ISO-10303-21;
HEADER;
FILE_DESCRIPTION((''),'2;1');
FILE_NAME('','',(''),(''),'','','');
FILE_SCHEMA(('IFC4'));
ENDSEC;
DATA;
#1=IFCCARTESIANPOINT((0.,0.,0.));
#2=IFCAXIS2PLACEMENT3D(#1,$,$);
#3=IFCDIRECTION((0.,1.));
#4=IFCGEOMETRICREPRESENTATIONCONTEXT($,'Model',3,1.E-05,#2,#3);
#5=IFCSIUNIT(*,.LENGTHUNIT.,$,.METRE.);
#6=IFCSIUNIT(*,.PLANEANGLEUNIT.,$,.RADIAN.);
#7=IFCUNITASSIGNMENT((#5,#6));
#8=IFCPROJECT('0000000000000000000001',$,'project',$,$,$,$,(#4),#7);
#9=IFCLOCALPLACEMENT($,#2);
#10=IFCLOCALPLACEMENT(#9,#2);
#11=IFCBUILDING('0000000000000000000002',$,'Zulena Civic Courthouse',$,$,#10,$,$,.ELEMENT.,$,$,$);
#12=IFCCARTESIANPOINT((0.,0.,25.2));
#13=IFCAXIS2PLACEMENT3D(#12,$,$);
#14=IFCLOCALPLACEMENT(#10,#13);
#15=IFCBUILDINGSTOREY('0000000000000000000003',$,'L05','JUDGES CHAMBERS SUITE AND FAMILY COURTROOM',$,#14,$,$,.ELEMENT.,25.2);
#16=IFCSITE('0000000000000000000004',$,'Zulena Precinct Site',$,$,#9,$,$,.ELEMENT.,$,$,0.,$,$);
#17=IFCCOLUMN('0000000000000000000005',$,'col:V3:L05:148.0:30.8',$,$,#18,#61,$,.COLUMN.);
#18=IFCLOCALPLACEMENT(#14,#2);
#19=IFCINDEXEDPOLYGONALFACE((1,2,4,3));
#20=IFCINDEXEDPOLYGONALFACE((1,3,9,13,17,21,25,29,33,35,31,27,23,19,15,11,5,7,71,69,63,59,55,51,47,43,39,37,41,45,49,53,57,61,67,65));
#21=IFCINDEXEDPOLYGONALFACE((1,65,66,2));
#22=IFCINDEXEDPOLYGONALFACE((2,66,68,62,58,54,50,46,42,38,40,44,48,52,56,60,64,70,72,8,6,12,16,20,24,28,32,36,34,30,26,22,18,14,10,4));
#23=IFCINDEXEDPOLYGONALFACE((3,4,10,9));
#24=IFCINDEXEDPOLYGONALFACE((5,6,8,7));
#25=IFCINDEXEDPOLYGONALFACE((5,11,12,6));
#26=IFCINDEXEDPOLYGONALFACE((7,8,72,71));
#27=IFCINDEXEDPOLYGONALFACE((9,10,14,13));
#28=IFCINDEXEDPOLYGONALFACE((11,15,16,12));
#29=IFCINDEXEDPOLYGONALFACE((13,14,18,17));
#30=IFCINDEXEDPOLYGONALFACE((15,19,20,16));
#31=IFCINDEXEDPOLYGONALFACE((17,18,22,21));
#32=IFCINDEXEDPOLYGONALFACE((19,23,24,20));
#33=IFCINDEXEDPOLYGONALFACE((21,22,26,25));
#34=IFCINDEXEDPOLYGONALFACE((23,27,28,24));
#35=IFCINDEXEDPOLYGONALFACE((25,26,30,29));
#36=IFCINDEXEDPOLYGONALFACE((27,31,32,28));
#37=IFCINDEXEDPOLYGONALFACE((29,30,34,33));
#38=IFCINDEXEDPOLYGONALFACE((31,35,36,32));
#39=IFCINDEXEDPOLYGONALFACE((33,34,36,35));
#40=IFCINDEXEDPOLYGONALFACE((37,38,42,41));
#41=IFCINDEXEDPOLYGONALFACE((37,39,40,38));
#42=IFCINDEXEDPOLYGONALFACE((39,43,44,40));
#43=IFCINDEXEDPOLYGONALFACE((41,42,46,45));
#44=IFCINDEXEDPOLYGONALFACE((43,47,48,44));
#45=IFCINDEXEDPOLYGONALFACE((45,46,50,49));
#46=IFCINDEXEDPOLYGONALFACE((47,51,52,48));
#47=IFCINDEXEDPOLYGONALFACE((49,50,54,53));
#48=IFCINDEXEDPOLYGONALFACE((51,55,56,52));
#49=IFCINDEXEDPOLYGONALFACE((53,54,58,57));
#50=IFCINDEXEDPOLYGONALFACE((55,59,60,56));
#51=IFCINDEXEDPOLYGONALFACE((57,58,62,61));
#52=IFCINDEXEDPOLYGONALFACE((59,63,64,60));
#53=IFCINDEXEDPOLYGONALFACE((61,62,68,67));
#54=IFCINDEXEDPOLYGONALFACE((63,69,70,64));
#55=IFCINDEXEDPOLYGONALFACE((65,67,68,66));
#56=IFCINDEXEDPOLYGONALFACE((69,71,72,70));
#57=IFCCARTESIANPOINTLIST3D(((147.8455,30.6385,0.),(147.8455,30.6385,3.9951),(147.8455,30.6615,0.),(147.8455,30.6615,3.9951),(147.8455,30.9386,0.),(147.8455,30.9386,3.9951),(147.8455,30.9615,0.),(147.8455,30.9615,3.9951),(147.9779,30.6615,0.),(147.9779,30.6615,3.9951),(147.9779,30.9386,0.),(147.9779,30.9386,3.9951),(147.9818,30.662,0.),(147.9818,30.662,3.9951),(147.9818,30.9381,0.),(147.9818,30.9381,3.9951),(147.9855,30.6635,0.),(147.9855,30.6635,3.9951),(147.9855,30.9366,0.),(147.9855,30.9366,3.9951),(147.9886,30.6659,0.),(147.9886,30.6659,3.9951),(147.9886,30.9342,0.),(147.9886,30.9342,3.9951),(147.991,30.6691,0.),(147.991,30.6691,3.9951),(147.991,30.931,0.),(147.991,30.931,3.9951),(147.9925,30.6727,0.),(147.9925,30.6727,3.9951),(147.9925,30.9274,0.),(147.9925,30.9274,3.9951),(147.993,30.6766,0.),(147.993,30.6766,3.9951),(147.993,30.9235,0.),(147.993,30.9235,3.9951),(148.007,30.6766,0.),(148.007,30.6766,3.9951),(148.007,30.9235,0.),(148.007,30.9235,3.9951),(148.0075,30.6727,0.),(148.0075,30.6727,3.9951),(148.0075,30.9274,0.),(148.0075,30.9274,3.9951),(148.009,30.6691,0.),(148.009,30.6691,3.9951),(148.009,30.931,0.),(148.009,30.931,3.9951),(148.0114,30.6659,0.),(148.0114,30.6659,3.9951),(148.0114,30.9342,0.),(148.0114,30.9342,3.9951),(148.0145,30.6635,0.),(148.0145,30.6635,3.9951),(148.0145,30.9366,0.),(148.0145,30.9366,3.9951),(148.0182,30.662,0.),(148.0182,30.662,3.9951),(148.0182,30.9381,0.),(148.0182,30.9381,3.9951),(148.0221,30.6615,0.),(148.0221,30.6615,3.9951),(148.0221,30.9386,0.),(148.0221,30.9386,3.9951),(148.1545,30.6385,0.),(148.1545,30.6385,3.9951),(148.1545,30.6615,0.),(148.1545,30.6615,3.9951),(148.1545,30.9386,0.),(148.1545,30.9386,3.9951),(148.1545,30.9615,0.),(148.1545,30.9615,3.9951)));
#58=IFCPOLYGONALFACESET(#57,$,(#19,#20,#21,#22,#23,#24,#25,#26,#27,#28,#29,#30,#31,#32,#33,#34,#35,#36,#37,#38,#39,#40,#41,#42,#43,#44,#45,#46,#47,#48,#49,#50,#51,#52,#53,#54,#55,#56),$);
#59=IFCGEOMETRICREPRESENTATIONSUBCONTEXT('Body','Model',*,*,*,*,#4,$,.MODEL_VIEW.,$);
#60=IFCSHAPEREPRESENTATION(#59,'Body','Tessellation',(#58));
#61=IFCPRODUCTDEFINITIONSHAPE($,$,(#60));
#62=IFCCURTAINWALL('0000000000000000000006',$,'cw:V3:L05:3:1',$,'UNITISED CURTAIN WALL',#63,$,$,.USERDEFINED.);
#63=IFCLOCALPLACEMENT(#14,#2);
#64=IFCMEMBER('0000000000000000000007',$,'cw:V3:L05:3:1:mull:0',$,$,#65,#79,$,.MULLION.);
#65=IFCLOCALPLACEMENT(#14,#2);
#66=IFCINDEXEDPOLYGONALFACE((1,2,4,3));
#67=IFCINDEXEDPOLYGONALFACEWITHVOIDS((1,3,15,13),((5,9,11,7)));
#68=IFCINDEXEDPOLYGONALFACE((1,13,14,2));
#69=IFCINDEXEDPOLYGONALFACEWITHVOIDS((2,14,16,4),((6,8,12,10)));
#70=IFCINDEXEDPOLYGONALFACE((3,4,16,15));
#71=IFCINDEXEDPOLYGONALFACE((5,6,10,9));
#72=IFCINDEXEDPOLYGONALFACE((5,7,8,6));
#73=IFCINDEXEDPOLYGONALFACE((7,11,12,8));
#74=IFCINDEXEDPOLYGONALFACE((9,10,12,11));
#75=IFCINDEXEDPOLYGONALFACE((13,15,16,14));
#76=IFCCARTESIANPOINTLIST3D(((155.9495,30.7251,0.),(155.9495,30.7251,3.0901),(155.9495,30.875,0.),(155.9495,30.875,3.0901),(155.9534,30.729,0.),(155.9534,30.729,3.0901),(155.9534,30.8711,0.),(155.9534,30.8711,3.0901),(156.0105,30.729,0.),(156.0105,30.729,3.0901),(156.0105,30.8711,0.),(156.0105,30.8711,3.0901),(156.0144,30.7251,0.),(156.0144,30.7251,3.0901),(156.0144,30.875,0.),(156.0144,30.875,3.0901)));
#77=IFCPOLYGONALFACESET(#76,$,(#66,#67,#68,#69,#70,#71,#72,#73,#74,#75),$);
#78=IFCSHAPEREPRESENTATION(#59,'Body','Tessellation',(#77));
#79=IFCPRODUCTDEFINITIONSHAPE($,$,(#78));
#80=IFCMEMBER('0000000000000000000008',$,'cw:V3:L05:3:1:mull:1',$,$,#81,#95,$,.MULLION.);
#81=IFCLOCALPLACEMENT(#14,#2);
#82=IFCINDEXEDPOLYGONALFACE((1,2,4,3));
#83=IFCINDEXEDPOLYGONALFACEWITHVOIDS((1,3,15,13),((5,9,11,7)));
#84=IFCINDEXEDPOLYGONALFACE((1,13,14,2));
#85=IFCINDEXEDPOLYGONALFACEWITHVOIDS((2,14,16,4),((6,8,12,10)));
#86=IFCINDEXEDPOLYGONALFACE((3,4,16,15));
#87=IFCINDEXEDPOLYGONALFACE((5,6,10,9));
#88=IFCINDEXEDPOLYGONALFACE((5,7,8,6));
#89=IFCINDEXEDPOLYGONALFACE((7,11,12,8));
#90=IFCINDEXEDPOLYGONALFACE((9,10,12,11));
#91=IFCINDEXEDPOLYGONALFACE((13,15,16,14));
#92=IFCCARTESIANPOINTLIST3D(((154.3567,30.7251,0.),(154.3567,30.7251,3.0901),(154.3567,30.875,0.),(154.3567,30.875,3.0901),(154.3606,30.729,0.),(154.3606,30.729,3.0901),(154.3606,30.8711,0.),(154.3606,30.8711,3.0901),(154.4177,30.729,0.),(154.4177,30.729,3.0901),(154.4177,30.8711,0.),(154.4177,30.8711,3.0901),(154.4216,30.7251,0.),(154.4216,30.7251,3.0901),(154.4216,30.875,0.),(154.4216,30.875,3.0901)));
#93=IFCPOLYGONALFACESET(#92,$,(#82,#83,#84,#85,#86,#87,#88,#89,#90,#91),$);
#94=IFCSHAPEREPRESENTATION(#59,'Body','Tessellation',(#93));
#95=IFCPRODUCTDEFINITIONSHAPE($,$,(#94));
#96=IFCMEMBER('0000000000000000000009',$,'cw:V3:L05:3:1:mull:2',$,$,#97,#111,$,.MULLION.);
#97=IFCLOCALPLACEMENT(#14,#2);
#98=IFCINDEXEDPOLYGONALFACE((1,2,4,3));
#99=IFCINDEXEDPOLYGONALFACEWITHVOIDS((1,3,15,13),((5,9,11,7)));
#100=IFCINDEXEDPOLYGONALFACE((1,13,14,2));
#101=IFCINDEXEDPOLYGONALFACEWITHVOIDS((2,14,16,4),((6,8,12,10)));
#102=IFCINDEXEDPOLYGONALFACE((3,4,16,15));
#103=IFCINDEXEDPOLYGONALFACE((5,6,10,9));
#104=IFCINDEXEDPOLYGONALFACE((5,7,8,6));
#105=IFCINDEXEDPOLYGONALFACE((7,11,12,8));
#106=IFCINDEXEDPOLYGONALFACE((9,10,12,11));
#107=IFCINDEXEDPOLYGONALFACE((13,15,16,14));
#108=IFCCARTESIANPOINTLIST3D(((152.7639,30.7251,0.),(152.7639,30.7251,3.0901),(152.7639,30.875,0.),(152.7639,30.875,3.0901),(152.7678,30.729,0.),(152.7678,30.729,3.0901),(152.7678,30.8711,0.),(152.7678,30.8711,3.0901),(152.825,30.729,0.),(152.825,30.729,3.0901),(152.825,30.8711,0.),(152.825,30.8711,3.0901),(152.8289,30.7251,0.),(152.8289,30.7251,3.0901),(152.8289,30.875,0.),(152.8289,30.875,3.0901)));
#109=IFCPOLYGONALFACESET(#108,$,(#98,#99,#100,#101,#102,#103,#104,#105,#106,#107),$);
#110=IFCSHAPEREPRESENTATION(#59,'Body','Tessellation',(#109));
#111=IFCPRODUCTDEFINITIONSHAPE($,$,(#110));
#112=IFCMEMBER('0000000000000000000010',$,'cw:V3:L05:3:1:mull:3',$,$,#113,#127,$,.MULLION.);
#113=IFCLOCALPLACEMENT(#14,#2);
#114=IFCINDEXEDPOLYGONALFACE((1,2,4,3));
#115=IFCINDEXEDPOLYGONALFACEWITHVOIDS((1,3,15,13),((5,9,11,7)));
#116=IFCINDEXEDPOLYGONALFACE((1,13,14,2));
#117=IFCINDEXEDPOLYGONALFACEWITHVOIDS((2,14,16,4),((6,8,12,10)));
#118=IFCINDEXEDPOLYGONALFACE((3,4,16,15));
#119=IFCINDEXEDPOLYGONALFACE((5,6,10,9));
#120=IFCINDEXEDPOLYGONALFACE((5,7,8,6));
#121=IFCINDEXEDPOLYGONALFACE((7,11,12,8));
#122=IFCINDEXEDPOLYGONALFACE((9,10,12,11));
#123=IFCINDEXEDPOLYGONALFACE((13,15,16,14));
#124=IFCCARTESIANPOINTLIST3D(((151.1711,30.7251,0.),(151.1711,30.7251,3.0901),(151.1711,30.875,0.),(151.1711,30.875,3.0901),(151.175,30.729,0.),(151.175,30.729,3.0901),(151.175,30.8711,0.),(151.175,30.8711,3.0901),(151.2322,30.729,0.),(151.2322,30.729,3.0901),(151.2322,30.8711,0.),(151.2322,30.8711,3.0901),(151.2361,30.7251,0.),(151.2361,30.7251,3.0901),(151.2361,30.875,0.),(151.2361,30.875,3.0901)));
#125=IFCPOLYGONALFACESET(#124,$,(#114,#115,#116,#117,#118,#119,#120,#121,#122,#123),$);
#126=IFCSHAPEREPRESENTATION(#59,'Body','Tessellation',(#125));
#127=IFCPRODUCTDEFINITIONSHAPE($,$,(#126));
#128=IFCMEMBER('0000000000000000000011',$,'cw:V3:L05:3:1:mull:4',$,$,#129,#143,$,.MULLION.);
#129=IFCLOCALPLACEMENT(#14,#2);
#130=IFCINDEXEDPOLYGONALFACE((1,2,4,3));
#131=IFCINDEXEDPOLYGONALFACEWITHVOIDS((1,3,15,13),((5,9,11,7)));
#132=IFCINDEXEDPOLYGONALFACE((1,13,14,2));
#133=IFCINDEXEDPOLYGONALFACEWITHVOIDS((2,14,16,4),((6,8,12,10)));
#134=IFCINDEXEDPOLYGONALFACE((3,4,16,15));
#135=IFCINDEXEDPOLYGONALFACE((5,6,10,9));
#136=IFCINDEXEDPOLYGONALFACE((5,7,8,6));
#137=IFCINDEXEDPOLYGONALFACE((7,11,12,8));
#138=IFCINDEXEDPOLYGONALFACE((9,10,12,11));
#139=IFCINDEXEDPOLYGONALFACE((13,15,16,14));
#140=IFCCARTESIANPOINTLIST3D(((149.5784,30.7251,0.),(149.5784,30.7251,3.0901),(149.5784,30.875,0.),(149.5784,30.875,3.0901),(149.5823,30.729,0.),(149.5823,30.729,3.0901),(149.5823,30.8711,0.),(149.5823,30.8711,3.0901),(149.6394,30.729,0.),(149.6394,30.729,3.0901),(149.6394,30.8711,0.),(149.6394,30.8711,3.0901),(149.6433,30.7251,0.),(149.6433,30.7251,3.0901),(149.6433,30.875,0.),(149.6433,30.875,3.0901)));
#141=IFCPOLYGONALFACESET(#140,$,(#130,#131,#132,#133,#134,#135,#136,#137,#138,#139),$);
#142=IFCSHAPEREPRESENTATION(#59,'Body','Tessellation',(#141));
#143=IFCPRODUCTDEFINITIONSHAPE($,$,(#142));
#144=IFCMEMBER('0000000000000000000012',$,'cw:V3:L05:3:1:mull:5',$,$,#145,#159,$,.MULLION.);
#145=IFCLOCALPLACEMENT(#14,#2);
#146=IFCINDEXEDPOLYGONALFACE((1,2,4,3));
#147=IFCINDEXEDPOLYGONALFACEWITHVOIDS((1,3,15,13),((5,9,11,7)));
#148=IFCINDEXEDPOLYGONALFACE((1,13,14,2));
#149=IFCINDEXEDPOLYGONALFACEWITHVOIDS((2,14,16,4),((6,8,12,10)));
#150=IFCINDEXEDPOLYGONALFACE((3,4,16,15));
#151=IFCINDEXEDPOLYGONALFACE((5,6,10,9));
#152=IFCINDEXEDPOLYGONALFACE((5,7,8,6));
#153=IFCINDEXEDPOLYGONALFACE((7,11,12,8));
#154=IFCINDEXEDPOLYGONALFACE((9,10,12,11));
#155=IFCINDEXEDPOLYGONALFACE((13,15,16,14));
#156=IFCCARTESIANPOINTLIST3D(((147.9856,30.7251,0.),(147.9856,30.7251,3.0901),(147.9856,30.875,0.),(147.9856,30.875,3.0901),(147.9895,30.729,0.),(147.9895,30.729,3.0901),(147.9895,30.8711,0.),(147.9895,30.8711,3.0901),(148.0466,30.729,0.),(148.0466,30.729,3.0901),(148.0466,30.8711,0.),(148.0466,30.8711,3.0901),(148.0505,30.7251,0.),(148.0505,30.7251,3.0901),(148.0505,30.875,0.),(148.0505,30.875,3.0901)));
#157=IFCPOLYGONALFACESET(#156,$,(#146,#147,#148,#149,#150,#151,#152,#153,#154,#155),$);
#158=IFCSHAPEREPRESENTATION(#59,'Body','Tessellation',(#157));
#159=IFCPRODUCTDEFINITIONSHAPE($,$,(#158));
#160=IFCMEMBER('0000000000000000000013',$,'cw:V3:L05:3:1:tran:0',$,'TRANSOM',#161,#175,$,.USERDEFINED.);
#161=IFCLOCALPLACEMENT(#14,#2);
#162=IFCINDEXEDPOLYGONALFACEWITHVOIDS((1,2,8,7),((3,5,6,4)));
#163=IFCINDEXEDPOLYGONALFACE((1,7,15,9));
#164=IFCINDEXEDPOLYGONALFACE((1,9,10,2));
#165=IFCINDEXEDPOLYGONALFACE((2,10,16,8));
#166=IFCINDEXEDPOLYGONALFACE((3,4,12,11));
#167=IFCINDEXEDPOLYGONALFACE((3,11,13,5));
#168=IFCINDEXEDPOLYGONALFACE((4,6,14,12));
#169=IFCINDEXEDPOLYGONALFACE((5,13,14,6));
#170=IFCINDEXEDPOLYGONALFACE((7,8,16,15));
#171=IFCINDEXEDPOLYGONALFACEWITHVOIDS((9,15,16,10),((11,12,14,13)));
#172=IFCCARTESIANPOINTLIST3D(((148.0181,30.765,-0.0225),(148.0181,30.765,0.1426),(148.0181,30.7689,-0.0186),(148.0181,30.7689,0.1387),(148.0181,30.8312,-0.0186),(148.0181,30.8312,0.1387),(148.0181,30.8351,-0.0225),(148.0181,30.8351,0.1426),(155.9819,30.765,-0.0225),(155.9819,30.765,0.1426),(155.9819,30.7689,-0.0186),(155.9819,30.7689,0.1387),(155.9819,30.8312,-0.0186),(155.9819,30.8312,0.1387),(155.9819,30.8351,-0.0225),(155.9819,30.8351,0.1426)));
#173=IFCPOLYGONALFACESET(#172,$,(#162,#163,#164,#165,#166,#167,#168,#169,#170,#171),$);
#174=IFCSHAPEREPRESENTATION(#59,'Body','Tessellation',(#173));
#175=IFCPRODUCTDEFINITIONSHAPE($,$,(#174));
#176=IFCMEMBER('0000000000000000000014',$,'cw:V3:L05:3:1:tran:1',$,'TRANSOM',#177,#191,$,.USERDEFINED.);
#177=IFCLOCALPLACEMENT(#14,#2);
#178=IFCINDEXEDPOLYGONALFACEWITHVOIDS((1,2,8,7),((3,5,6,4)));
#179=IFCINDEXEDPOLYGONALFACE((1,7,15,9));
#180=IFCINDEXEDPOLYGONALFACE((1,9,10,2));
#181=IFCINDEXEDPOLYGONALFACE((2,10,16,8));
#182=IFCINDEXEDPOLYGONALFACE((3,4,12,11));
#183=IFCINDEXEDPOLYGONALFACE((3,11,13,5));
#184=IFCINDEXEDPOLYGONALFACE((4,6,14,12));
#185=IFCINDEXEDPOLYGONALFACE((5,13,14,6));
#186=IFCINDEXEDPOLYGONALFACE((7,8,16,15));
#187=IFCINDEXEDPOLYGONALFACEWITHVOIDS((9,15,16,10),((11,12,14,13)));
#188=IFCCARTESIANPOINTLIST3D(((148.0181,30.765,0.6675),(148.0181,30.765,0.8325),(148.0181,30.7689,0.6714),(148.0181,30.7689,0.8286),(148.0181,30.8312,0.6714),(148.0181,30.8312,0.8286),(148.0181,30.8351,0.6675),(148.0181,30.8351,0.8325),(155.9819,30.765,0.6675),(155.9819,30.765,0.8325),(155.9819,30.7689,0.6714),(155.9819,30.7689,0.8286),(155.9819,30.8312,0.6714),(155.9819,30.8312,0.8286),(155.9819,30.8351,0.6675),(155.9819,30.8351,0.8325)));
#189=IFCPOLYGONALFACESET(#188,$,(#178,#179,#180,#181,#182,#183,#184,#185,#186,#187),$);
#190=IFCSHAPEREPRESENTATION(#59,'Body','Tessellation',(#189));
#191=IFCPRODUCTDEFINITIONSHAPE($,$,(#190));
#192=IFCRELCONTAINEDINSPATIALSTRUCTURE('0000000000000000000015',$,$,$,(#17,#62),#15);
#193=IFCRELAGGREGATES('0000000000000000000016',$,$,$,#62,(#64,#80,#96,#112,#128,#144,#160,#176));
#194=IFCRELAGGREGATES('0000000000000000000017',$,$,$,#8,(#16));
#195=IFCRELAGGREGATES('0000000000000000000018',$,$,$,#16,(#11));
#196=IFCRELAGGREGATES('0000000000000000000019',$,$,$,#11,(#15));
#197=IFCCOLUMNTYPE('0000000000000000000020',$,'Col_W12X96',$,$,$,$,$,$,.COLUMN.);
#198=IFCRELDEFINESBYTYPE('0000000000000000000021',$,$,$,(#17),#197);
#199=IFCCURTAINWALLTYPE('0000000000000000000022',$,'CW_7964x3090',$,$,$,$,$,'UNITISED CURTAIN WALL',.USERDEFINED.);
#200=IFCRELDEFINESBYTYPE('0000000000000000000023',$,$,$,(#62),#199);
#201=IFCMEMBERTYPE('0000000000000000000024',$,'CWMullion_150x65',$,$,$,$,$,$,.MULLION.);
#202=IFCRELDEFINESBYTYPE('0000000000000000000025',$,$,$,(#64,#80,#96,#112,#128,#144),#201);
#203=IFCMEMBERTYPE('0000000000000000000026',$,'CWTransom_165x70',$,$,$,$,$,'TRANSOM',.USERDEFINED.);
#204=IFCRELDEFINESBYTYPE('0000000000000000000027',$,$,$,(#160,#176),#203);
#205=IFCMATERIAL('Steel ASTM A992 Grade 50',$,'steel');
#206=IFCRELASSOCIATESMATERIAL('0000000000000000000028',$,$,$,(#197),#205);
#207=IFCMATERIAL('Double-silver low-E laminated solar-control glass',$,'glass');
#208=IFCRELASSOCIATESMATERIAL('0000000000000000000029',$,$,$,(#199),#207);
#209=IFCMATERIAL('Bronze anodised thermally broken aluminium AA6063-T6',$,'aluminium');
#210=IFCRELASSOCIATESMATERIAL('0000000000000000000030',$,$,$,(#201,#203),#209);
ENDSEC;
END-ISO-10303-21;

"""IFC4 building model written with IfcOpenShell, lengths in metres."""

from ifc_helpers import new_model, si_unit, direction, frame, origin, origin_2d, place, context, subcontext, project, spatial, hollow_rectangle, i_section, extrude, material, material_profile, profile_set, type_object, element, aggregate, save


model = new_model("IFC4")

# Units and contexts
model_context = context("Model", 3, precision=1e-05, world=origin(), true_north=direction((0.0, 1.0)))
body_context = subcontext(model_context, "Body", "Model", "MODEL_VIEW")
ifc_project = project(units=[si_unit("LENGTHUNIT", "METRE"), si_unit("PLANEANGLEUNIT", "RADIAN")], contexts=[model_context])

# Site, building, storey
site_placement = place(None, origin())
site = spatial("IfcSite", under=ifc_project, at=site_placement, Name="Zulena Precinct Site", CompositionType="ELEMENT", RefElevation=0.0)
building_placement = place(site_placement, origin())
building = spatial("IfcBuilding", under=site, at=building_placement, Name="Zulena Civic Courthouse", CompositionType="ELEMENT")
storey_placement = place(building_placement, frame((0.0, 0.0, 25.2)))
storey = spatial("IfcBuildingStorey", under=building, at=storey_placement, Name="L05", Description="JUDGES CHAMBERS SUITE AND FAMILY COURTROOM", CompositionType="ELEMENT", Elevation=25.2)

# Column
ifc_material_1 = material(Name="Steel ASTM A992 Grade 50", Category="steel")
ifc_material_profile_1 = material_profile(ifc_material_1, i_section(OverallWidth=0.3091, OverallDepth=0.323, WebThickness=0.0139, FlangeThickness=0.0229, FilletRadius=0.0151, at=origin_2d()), Name="W12X96")
ifc_profile_set_1 = profile_set([ifc_material_profile_1], Name="Steel ASTM A992 Grade 50")
column_type = type_object("IfcColumnType", Name="Col_W12X96", PredefinedType="COLUMN", material=ifc_profile_set_1)
column_placement = place(storey_placement, frame((148.0, 30.8, 0.0), z_axis=(0.0, 0.0, 1.0), x_axis=(1.0, 0.0, 0.0)))
element("IfcColumn", 1, at=column_placement, inside=storey, type_object=column_type, Name="col:V3:L05:148.0:30.8", PredefinedType="COLUMN", context=body_context, shape_type="SweptSolid", body=[
    extrude(i_section(OverallWidth=0.3091, OverallDepth=0.323, WebThickness=0.0139, FlangeThickness=0.0229, FilletRadius=0.0151, at=origin_2d()), origin(), (0.0, 0.0, 1.0), 3.9951),
])

# Curtain wall, members
ifc_material_2 = material(Name="Double-silver low-E laminated solar-control glass", Category="glass")
curtain_wall_type = type_object("IfcCurtainWallType", Name="CW_7964x3090", ElementType="UNITISED CURTAIN WALL", PredefinedType="USERDEFINED", material=ifc_material_2)
curtain_wall_placement = place(storey_placement, origin())
curtain_wall = element("IfcCurtainWall", 2, at=curtain_wall_placement, inside=storey, type_object=curtain_wall_type, Name="cw:V3:L05:3:1", ObjectType="UNITISED CURTAIN WALL", PredefinedType="USERDEFINED")
ifc_material_3 = material(Name="Bronze anodised thermally broken aluminium AA6063-T6", Category="aluminium")
ifc_material_profile_2 = material_profile(ifc_material_3, hollow_rectangle(XDim=0.0649, YDim=0.1499, WallThickness=0.0039, at=origin_2d()), Name="CWM150X65X4")
ifc_profile_set_2 = profile_set([ifc_material_profile_2], Name="Bronze anodised thermally broken aluminium AA6063-T6")
member_type_1 = type_object("IfcMemberType", Name="CWMullion_150x65", PredefinedType="MULLION", material=ifc_profile_set_2)
member_1_placement = place(storey_placement, frame((155.9819, 30.8, 0.0), z_axis=(0.0, 0.0, 1.0), x_axis=(1.0, 0.0, 0.0)))
member_1 = element("IfcMember", 3, at=member_1_placement, type_object=member_type_1, Name="cw:V3:L05:3:1:mull:0", PredefinedType="MULLION", context=body_context, shape_type="SweptSolid", body=[
    extrude(hollow_rectangle(XDim=0.0649, YDim=0.1499, WallThickness=0.0039, at=origin_2d()), origin(), (0.0, 0.0, 1.0), 3.0901),
])
member_2_placement = place(storey_placement, frame((154.3892, 30.8, 0.0), z_axis=(0.0, 0.0, 1.0), x_axis=(1.0, 0.0, 0.0)))
member_2 = element("IfcMember", 4, at=member_2_placement, type_object=member_type_1, Name="cw:V3:L05:3:1:mull:1", PredefinedType="MULLION", context=body_context, shape_type="SweptSolid", body=[
    extrude(hollow_rectangle(XDim=0.0649, YDim=0.1499, WallThickness=0.0039, at=origin_2d()), origin(), (0.0, 0.0, 1.0), 3.0901),
])
member_3_placement = place(storey_placement, frame((152.7964, 30.8, 0.0), z_axis=(0.0, 0.0, 1.0), x_axis=(1.0, 0.0, 0.0)))
member_3 = element("IfcMember", 5, at=member_3_placement, type_object=member_type_1, Name="cw:V3:L05:3:1:mull:2", PredefinedType="MULLION", context=body_context, shape_type="SweptSolid", body=[
    extrude(hollow_rectangle(XDim=0.0649, YDim=0.1499, WallThickness=0.0039, at=origin_2d()), origin(), (0.0, 0.0, 1.0), 3.0901),
])
member_4_placement = place(storey_placement, frame((151.2036, 30.8, 0.0), z_axis=(0.0, 0.0, 1.0), x_axis=(1.0, 0.0, 0.0)))
member_4 = element("IfcMember", 6, at=member_4_placement, type_object=member_type_1, Name="cw:V3:L05:3:1:mull:3", PredefinedType="MULLION", context=body_context, shape_type="SweptSolid", body=[
    extrude(hollow_rectangle(XDim=0.0649, YDim=0.1499, WallThickness=0.0039, at=origin_2d()), origin(), (0.0, 0.0, 1.0), 3.0901),
])
member_5_placement = place(storey_placement, frame((149.6108, 30.8, 0.0), z_axis=(0.0, 0.0, 1.0), x_axis=(1.0, 0.0, 0.0)))
member_5 = element("IfcMember", 7, at=member_5_placement, type_object=member_type_1, Name="cw:V3:L05:3:1:mull:4", PredefinedType="MULLION", context=body_context, shape_type="SweptSolid", body=[
    extrude(hollow_rectangle(XDim=0.0649, YDim=0.1499, WallThickness=0.0039, at=origin_2d()), origin(), (0.0, 0.0, 1.0), 3.0901),
])
member_6_placement = place(storey_placement, frame((148.0181, 30.8, 0.0), z_axis=(0.0, 0.0, 1.0), x_axis=(1.0, 0.0, 0.0)))
member_6 = element("IfcMember", 8, at=member_6_placement, type_object=member_type_1, Name="cw:V3:L05:3:1:mull:5", PredefinedType="MULLION", context=body_context, shape_type="SweptSolid", body=[
    extrude(hollow_rectangle(XDim=0.0649, YDim=0.1499, WallThickness=0.0039, at=origin_2d()), origin(), (0.0, 0.0, 1.0), 3.0901),
])
ifc_material_profile_3 = material_profile(ifc_material_3, hollow_rectangle(XDim=0.0701, YDim=0.165, WallThickness=0.0039, at=origin_2d()), Name="CWT165X70X4")
ifc_profile_set_3 = profile_set([ifc_material_profile_3], Name="Bronze anodised thermally broken aluminium AA6063-T6")
member_type_2 = type_object("IfcMemberType", Name="CWTransom_165x70", ElementType="TRANSOM", PredefinedType="USERDEFINED", material=ifc_profile_set_3)
member_7_placement = place(storey_placement, frame((155.9819, 30.8, 0.0601), z_axis=(-1.0, 0.0, 0.0), x_axis=(0.0, -1.0, 0.0)))
member_7 = element("IfcMember", 9, at=member_7_placement, type_object=member_type_2, Name="cw:V3:L05:3:1:tran:0", ObjectType="TRANSOM", PredefinedType="USERDEFINED", context=body_context, shape_type="SweptSolid", body=[
    extrude(hollow_rectangle(XDim=0.0701, YDim=0.165, WallThickness=0.0039, at=origin_2d()), origin(), (0.0, 0.0, 1.0), 7.9639),
])
member_8_placement = place(storey_placement, frame((155.9819, 30.8, 0.75), z_axis=(-1.0, 0.0, 0.0), x_axis=(0.0, -1.0, 0.0)))
member_8 = element("IfcMember", 10, at=member_8_placement, type_object=member_type_2, Name="cw:V3:L05:3:1:tran:1", ObjectType="TRANSOM", PredefinedType="USERDEFINED", context=body_context, shape_type="SweptSolid", body=[
    extrude(hollow_rectangle(XDim=0.0701, YDim=0.165, WallThickness=0.0039, at=origin_2d()), origin(), (0.0, 0.0, 1.0), 7.9639),
])

aggregate(curtain_wall, [member_1, member_2, member_3, member_4, member_5, member_6, member_7, member_8])

save(model, "model.ifc")
